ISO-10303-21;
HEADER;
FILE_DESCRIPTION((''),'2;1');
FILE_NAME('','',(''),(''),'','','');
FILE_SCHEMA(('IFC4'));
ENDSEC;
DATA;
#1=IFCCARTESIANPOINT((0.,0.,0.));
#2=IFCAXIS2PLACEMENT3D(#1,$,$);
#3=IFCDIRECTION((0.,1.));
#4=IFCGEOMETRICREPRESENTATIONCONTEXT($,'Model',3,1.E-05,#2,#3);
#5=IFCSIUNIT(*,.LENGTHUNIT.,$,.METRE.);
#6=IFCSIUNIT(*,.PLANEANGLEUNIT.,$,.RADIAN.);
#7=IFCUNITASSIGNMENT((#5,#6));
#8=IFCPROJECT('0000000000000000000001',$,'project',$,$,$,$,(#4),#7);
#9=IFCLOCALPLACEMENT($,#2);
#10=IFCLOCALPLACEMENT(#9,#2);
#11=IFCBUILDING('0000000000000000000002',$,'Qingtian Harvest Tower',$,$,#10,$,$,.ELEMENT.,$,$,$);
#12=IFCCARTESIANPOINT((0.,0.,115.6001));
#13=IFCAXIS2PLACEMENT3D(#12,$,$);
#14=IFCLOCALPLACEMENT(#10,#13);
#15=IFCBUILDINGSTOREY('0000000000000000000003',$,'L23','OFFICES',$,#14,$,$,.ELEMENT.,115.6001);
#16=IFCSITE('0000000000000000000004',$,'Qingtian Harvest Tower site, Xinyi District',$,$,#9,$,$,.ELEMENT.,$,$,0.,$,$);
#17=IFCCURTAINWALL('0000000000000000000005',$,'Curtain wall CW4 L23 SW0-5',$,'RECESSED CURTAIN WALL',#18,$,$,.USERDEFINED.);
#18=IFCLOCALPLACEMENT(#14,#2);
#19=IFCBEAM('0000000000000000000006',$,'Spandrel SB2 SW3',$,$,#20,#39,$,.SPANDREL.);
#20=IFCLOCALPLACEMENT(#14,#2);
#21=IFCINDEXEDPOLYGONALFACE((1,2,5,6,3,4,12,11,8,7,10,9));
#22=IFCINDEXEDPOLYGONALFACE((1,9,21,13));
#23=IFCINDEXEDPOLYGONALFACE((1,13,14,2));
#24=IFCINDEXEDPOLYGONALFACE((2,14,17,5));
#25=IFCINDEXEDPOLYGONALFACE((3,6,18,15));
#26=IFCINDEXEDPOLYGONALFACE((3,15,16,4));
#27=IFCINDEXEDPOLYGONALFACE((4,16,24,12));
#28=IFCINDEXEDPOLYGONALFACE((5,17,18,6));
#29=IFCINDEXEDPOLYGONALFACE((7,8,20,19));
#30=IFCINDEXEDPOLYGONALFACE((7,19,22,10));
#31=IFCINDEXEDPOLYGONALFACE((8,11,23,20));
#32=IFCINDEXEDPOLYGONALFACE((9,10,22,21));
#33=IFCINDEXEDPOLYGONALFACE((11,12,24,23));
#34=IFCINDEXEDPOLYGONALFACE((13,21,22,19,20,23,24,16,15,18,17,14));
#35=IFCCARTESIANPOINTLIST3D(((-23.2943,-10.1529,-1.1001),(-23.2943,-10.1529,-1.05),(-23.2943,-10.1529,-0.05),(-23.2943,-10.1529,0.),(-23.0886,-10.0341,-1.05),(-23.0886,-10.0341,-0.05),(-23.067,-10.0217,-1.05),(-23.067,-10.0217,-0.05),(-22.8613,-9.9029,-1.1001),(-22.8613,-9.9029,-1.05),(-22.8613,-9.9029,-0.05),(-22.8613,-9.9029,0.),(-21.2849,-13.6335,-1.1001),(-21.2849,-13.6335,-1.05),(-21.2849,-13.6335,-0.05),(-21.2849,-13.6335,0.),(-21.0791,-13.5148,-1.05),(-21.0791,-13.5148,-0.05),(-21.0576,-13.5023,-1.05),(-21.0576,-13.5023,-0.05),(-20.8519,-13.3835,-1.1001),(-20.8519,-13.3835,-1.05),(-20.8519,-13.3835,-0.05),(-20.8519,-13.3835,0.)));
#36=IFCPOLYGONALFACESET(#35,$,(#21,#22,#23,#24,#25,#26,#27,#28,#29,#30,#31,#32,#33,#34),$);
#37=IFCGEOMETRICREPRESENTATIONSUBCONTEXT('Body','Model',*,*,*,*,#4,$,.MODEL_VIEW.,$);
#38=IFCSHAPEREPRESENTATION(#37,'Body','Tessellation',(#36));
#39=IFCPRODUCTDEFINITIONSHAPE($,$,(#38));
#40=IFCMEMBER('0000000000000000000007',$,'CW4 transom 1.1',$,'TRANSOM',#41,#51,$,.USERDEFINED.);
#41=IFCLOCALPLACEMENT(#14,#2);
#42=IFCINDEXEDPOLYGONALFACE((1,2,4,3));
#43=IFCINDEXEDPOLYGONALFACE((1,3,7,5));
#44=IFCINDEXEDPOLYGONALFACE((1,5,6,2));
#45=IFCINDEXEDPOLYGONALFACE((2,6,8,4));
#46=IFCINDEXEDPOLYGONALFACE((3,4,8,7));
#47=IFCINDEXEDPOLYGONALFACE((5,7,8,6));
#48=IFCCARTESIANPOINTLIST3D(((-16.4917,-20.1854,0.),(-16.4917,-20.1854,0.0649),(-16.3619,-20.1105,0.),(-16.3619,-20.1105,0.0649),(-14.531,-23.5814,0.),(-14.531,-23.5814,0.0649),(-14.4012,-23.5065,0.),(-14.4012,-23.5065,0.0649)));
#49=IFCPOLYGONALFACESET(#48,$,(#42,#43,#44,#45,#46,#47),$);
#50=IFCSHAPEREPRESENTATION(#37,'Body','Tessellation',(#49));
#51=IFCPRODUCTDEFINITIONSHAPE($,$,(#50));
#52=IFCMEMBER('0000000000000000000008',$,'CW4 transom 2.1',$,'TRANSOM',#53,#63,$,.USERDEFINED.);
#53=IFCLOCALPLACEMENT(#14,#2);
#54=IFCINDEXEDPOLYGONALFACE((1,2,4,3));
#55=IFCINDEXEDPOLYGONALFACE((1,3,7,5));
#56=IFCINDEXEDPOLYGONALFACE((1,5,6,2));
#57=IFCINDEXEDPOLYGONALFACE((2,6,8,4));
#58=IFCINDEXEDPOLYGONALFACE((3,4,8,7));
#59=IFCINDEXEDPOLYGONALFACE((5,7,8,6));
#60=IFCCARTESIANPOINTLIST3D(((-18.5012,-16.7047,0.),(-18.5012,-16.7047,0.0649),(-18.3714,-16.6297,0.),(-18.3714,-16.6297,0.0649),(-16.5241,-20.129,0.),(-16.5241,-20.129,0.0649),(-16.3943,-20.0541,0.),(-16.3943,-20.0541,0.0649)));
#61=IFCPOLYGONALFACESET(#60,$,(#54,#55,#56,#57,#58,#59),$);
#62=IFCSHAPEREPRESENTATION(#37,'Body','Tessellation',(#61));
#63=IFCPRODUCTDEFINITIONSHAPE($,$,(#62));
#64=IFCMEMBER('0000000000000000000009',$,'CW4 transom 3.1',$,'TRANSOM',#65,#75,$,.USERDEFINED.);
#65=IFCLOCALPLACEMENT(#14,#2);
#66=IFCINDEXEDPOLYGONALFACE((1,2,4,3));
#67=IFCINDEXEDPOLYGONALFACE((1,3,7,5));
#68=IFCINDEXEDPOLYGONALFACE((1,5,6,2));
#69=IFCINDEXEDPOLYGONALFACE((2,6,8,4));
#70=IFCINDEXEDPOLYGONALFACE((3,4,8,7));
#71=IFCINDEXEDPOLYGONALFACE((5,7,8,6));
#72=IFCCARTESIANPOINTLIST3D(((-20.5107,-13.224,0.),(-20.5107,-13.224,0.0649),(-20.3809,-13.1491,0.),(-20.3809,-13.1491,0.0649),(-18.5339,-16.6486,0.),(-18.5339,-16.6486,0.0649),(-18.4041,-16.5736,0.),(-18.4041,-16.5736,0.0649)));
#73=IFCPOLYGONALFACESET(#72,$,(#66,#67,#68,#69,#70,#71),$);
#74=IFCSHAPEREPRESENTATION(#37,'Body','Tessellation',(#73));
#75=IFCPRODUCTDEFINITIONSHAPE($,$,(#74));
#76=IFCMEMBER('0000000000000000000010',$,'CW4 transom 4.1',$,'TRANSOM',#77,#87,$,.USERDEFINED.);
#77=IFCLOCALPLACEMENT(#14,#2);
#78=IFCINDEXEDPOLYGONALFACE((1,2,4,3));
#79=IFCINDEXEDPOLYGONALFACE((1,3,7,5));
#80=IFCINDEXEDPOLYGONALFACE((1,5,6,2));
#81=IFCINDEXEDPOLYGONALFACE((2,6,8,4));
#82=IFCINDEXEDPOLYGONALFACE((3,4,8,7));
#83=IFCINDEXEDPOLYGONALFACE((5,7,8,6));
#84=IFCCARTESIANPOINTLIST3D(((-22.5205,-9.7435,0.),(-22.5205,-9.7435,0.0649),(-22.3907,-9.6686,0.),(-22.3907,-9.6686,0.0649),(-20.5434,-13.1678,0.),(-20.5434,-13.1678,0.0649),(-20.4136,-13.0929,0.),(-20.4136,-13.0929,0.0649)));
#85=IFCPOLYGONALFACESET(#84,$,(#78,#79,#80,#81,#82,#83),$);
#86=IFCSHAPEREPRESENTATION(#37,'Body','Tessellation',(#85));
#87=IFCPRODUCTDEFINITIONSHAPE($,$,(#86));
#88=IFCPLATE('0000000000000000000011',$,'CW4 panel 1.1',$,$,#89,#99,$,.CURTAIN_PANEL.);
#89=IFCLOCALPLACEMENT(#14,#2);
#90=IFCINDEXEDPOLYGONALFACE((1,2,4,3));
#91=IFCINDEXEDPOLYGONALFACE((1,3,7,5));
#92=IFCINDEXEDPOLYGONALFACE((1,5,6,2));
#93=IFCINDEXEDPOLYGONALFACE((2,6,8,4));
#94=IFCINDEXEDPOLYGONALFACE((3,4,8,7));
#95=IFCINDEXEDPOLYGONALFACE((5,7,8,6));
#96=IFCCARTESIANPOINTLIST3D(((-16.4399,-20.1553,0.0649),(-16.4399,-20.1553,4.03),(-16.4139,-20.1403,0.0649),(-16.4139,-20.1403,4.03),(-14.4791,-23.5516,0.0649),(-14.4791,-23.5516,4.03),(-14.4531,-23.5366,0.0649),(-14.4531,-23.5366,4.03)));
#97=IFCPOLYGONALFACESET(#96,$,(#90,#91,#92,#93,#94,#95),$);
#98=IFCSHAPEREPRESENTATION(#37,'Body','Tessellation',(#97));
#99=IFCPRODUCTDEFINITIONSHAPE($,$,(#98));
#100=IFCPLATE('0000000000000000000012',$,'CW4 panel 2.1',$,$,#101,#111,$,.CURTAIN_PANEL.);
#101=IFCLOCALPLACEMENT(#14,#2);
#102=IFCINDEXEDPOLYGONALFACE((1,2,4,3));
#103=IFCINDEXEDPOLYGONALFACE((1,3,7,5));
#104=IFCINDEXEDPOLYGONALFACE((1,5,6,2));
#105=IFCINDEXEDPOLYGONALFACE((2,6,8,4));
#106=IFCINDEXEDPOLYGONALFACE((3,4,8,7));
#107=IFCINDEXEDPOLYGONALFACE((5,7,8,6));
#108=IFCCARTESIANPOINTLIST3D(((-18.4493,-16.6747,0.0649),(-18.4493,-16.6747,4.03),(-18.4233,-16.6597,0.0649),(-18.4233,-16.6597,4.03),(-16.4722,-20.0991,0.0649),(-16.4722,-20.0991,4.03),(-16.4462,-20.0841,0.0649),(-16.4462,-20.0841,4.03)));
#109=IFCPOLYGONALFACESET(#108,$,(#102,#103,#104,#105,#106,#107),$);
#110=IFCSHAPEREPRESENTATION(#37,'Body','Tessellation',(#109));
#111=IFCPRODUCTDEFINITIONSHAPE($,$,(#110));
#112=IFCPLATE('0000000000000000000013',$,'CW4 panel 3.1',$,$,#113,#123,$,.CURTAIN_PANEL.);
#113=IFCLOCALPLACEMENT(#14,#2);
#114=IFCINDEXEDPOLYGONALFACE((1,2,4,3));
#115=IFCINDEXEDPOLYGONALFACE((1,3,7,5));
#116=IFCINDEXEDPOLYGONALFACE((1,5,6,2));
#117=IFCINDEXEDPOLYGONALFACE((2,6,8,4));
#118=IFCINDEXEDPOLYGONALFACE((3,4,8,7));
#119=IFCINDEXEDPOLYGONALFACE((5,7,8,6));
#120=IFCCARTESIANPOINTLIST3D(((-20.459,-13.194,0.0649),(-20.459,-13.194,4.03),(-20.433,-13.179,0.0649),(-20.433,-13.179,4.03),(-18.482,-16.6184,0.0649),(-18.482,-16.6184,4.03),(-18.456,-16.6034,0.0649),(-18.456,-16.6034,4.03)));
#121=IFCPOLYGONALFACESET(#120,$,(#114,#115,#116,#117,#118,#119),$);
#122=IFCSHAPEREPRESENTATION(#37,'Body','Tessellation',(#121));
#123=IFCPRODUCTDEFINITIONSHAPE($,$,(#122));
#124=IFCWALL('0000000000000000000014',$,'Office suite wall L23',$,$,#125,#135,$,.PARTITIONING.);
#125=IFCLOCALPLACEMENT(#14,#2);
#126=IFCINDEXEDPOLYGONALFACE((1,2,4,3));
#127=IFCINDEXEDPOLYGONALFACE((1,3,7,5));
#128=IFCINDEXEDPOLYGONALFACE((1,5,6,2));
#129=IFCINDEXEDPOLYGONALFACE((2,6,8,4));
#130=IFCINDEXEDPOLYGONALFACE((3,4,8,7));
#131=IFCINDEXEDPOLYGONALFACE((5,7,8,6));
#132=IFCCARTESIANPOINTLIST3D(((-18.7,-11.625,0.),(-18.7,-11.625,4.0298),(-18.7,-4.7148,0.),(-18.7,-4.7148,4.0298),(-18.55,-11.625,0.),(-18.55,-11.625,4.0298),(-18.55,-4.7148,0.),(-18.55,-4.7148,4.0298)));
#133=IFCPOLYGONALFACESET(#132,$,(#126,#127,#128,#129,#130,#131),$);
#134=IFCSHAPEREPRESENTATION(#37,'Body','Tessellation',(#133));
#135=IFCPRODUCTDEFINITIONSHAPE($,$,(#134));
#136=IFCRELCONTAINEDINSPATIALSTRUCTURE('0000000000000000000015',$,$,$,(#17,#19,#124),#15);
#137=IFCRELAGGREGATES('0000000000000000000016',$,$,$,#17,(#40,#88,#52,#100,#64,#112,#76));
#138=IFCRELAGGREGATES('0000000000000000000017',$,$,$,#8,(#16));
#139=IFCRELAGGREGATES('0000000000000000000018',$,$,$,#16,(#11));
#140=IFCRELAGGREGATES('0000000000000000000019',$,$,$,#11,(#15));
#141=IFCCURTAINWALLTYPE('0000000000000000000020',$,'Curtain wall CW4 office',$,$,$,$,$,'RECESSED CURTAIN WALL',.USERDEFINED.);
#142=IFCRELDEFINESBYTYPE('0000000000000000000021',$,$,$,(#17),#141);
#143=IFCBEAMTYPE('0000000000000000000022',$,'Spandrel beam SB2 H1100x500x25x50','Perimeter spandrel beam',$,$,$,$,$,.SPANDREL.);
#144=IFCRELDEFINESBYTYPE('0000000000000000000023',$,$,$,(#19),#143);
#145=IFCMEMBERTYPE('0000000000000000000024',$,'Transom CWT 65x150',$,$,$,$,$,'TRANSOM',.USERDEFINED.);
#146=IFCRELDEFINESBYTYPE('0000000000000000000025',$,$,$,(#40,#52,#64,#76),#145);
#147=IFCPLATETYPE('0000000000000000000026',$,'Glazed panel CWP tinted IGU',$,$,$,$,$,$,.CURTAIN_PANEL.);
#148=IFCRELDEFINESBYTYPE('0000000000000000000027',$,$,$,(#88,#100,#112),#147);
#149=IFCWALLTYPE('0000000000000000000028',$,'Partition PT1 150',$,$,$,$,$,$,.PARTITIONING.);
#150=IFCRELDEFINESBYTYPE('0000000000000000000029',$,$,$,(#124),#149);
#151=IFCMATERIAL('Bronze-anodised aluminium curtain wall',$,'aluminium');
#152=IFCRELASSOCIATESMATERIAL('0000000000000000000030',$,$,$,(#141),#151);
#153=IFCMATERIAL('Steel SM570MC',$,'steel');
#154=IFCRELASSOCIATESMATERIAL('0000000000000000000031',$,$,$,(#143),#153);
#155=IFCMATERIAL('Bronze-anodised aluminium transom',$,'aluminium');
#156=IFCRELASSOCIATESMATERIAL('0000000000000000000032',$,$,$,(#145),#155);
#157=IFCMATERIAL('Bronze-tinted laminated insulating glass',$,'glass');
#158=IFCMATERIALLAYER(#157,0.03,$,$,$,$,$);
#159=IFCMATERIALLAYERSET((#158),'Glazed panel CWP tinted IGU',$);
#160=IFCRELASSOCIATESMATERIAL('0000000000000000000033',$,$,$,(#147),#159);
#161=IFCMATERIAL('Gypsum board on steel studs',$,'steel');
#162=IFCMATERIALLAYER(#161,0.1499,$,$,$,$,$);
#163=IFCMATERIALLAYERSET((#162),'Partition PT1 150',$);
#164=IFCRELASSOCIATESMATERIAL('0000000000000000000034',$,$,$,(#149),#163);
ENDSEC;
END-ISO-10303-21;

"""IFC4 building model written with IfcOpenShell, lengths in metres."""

from ifc_helpers import new_model, si_unit, direction, frame, frame_2d, origin, origin_2d, place, context, subcontext, project, spatial, rectangle, i_section, extrude, material, layer, layer_set, material_profile, profile_set, type_object, element, aggregate, save


model = new_model("IFC4")

# Units and contexts
model_context = context("Model", 3, precision=1e-05, world=origin(), true_north=direction((0.0, 1.0)))
body_context = subcontext(model_context, "Body", "Model", "MODEL_VIEW")
ifc_project = project(units=[si_unit("LENGTHUNIT", "METRE"), si_unit("PLANEANGLEUNIT", "RADIAN")], contexts=[model_context])

# Site, building, storey
site_placement = place(None, origin())
site = spatial("IfcSite", under=ifc_project, at=site_placement, Name="Qingtian Harvest Tower site, Xinyi District", CompositionType="ELEMENT", RefElevation=0.0)
building_placement = place(site_placement, origin())
building = spatial("IfcBuilding", under=site, at=building_placement, Name="Qingtian Harvest Tower", CompositionType="ELEMENT")
storey_placement = place(building_placement, frame((0.0, 0.0, 115.6001)))
storey = spatial("IfcBuildingStorey", under=building, at=storey_placement, Name="L23", Description="OFFICES", CompositionType="ELEMENT", Elevation=115.6001)

# Shared definitions
ifc_material_1 = material(Name="Bronze-anodised aluminium curtain wall", Category="aluminium")
curtain_wall_type = type_object("IfcCurtainWallType", Name="Curtain wall CW4 office", ElementType="RECESSED CURTAIN WALL", PredefinedType="USERDEFINED", material=ifc_material_1)

# Curtain wall
curtain_wall_1_placement = place(storey_placement, origin())
curtain_wall_1 = element("IfcCurtainWall", 1, at=curtain_wall_1_placement, inside=storey, type_object=curtain_wall_type, Name="Curtain wall CW4 L23 SW0-5", ObjectType="RECESSED CURTAIN WALL", PredefinedType="USERDEFINED")

# Beam
ifc_material_2 = material(Name="Steel SM570MC", Category="steel")
ifc_material_profile_1 = material_profile(ifc_material_2, i_section(OverallWidth=0.5, OverallDepth=1.1001, WebThickness=0.0249, FlangeThickness=0.05, at=origin_2d()), Name="H1100x500x25x50")
ifc_profile_set_1 = profile_set([ifc_material_profile_1], Name="Steel SM570MC")
beam_type_1 = type_object("IfcBeamType", Name="Spandrel beam SB2 H1100x500x25x50", Description="Perimeter spandrel beam", PredefinedType="SPANDREL", material=ifc_profile_set_1)
for number, where, z_axis, x_axis, name in (
    (2, (-21.0684, -13.5085, -0.55), (-0.499987, 0.866033, 0.0), (-0.866033, -0.499987, 0.0), "Spandrel SB2 SW3"),
):
    element("IfcBeam", number, at=place(storey_placement, frame(where, z_axis=z_axis, x_axis=x_axis)), inside=storey, type_object=beam_type_1, Name=name, PredefinedType="SPANDREL", context=body_context, shape_type="SweptSolid", body=[
        extrude(i_section(OverallWidth=0.5, OverallDepth=1.1001, WebThickness=0.0249, FlangeThickness=0.05, at=origin_2d()), origin(), (0.0, 0.0, 1.0), 4.019),
    ])

# Members
ifc_material_3 = material(Name="Bronze-anodised aluminium transom", Category="aluminium")
ifc_material_profile_2 = material_profile(ifc_material_3, rectangle(XDim=0.1499, YDim=0.0649, at=origin_2d()), Name="AL 65x150")
ifc_profile_set_2 = profile_set([ifc_material_profile_2], Name="Bronze-anodised aluminium transom")
member_type_1 = type_object("IfcMemberType", Name="Transom CWT 65x150", ElementType="TRANSOM", PredefinedType="USERDEFINED", material=ifc_profile_set_2)
member_1_placement = place(storey_placement, frame((-14.4661, -23.5439, 0.0325), z_axis=(-0.500003, 0.866024, 0.0), x_axis=(-0.866024, -0.500003, 0.0)))
member_1 = element("IfcMember", 3, at=member_1_placement, type_object=member_type_1, Name="CW4 transom 1.1", ObjectType="TRANSOM", PredefinedType="USERDEFINED", context=body_context, shape_type="SweptSolid", body=[
    extrude(rectangle(XDim=0.1499, YDim=0.0649, at=origin_2d()), origin(), (0.0, 0.0, 1.0), 3.9214),
])
member_2_placement = place(storey_placement, frame((-16.4592, -20.0916, 0.0325), z_axis=(-0.500004, 0.866023, 0.0), x_axis=(-0.866023, -0.500004, 0.0)))
member_2 = element("IfcMember", 4, at=member_2_placement, type_object=member_type_1, Name="CW4 transom 2.1", ObjectType="TRANSOM", PredefinedType="USERDEFINED", context=body_context, shape_type="SweptSolid", body=[
    extrude(rectangle(XDim=0.1499, YDim=0.0649, at=origin_2d()), origin(), (0.0, 0.0, 1.0), 3.9541),
])
member_3_placement = place(storey_placement, frame((-18.469, -16.6111, 0.0325), z_axis=(-0.499931, 0.866065, 0.0), x_axis=(-0.866065, -0.499931, 0.0)))
member_3 = element("IfcMember", 5, at=member_3_placement, type_object=member_type_1, Name="CW4 transom 3.1", ObjectType="TRANSOM", PredefinedType="USERDEFINED", context=body_context, shape_type="SweptSolid", body=[
    extrude(rectangle(XDim=0.1499, YDim=0.0649, at=origin_2d()), origin(), (0.0, 0.0, 1.0), 3.9541),
])
member_4_placement = place(storey_placement, frame((-20.4785, -13.1304, 0.0325), z_axis=(-0.500004, 0.866023, 0.0), x_axis=(-0.866023, -0.500004, 0.0)))
member_4 = element("IfcMember", 6, at=member_4_placement, type_object=member_type_1, Name="CW4 transom 4.1", ObjectType="TRANSOM", PredefinedType="USERDEFINED", context=body_context, shape_type="SweptSolid", body=[
    extrude(rectangle(XDim=0.1499, YDim=0.0649, at=origin_2d()), origin(), (0.0, 0.0, 1.0), 3.9541),
])

# Plates
ifc_material_4 = material(Name="Bronze-tinted laminated insulating glass", Category="glass")
ifc_layer_1 = layer(ifc_material_4, 0.03)
ifc_layer_set_1 = layer_set([ifc_layer_1], Name="Glazed panel CWP tinted IGU")
plate_type = type_object("IfcPlateType", Name="Glazed panel CWP tinted IGU", PredefinedType="CURTAIN_PANEL", material=ifc_layer_set_1)
plate_1_placement = place(storey_placement, frame((-15.4465, -21.8459, 0.0649), z_axis=(0.0, 0.0, 1.0), x_axis=(-0.5, 0.866025, 0.0)))
plate_1 = element("IfcPlate", 7, at=plate_1_placement, type_object=plate_type, Name="CW4 panel 1.1", PredefinedType="CURTAIN_PANEL", context=body_context, shape_type="SweptSolid", body=[
    extrude(rectangle(XDim=3.9216, YDim=0.03, at=origin_2d()), origin(), (0.0, 0.0, 1.0), 3.9651),
])
plate_2_placement = place(storey_placement, frame((-17.4478, -18.3794, 0.0649), z_axis=(0.0, 0.0, 1.0), x_axis=(-0.5, 0.866025, 0.0)))
plate_2 = element("IfcPlate", 8, at=plate_2_placement, type_object=plate_type, Name="CW4 panel 2.1", PredefinedType="CURTAIN_PANEL", context=body_context, shape_type="SweptSolid", body=[
    extrude(rectangle(XDim=3.9541, YDim=0.03, at=origin_2d()), origin(), (0.0, 0.0, 1.0), 3.9651),
])
plate_3_placement = place(storey_placement, frame((-19.4575, -14.8987, 0.0649), z_axis=(0.0, 0.0, 1.0), x_axis=(-0.5, 0.866025, 0.0)))
plate_3 = element("IfcPlate", 9, at=plate_3_placement, type_object=plate_type, Name="CW4 panel 3.1", PredefinedType="CURTAIN_PANEL", context=body_context, shape_type="SweptSolid", body=[
    extrude(rectangle(XDim=3.9541, YDim=0.03, at=origin_2d()), origin(), (0.0, 0.0, 1.0), 3.9651),
])
aggregate(curtain_wall_1, [member_1, plate_1, member_2, plate_2, member_3, plate_3, member_4])

# Wall
ifc_material_5 = material(Name="Gypsum board on steel studs", Category="steel")
ifc_layer_2 = layer(ifc_material_5, 0.1499)
ifc_layer_set_2 = layer_set([ifc_layer_2], Name="Partition PT1 150")
wall_type = type_object("IfcWallType", Name="Partition PT1 150", PredefinedType="PARTITIONING", material=ifc_layer_set_2)
wall_placement = place(storey_placement, frame((-18.625, -11.625, 0.0), z_axis=(0.0, 0.0, 1.0), x_axis=(0.0, 1.0, 0.0)))
element("IfcWall", 10, at=wall_placement, inside=storey, type_object=wall_type, Name="Office suite wall L23", PredefinedType="PARTITIONING", context=body_context, shape_type="SweptSolid", body=[
    extrude(rectangle(XDim=6.9102, YDim=0.1499, at=frame_2d((3.4551, 0.0))), origin(), (0.0, 0.0, 1.0), 4.0298),
])

save(model, "model.ifc")
